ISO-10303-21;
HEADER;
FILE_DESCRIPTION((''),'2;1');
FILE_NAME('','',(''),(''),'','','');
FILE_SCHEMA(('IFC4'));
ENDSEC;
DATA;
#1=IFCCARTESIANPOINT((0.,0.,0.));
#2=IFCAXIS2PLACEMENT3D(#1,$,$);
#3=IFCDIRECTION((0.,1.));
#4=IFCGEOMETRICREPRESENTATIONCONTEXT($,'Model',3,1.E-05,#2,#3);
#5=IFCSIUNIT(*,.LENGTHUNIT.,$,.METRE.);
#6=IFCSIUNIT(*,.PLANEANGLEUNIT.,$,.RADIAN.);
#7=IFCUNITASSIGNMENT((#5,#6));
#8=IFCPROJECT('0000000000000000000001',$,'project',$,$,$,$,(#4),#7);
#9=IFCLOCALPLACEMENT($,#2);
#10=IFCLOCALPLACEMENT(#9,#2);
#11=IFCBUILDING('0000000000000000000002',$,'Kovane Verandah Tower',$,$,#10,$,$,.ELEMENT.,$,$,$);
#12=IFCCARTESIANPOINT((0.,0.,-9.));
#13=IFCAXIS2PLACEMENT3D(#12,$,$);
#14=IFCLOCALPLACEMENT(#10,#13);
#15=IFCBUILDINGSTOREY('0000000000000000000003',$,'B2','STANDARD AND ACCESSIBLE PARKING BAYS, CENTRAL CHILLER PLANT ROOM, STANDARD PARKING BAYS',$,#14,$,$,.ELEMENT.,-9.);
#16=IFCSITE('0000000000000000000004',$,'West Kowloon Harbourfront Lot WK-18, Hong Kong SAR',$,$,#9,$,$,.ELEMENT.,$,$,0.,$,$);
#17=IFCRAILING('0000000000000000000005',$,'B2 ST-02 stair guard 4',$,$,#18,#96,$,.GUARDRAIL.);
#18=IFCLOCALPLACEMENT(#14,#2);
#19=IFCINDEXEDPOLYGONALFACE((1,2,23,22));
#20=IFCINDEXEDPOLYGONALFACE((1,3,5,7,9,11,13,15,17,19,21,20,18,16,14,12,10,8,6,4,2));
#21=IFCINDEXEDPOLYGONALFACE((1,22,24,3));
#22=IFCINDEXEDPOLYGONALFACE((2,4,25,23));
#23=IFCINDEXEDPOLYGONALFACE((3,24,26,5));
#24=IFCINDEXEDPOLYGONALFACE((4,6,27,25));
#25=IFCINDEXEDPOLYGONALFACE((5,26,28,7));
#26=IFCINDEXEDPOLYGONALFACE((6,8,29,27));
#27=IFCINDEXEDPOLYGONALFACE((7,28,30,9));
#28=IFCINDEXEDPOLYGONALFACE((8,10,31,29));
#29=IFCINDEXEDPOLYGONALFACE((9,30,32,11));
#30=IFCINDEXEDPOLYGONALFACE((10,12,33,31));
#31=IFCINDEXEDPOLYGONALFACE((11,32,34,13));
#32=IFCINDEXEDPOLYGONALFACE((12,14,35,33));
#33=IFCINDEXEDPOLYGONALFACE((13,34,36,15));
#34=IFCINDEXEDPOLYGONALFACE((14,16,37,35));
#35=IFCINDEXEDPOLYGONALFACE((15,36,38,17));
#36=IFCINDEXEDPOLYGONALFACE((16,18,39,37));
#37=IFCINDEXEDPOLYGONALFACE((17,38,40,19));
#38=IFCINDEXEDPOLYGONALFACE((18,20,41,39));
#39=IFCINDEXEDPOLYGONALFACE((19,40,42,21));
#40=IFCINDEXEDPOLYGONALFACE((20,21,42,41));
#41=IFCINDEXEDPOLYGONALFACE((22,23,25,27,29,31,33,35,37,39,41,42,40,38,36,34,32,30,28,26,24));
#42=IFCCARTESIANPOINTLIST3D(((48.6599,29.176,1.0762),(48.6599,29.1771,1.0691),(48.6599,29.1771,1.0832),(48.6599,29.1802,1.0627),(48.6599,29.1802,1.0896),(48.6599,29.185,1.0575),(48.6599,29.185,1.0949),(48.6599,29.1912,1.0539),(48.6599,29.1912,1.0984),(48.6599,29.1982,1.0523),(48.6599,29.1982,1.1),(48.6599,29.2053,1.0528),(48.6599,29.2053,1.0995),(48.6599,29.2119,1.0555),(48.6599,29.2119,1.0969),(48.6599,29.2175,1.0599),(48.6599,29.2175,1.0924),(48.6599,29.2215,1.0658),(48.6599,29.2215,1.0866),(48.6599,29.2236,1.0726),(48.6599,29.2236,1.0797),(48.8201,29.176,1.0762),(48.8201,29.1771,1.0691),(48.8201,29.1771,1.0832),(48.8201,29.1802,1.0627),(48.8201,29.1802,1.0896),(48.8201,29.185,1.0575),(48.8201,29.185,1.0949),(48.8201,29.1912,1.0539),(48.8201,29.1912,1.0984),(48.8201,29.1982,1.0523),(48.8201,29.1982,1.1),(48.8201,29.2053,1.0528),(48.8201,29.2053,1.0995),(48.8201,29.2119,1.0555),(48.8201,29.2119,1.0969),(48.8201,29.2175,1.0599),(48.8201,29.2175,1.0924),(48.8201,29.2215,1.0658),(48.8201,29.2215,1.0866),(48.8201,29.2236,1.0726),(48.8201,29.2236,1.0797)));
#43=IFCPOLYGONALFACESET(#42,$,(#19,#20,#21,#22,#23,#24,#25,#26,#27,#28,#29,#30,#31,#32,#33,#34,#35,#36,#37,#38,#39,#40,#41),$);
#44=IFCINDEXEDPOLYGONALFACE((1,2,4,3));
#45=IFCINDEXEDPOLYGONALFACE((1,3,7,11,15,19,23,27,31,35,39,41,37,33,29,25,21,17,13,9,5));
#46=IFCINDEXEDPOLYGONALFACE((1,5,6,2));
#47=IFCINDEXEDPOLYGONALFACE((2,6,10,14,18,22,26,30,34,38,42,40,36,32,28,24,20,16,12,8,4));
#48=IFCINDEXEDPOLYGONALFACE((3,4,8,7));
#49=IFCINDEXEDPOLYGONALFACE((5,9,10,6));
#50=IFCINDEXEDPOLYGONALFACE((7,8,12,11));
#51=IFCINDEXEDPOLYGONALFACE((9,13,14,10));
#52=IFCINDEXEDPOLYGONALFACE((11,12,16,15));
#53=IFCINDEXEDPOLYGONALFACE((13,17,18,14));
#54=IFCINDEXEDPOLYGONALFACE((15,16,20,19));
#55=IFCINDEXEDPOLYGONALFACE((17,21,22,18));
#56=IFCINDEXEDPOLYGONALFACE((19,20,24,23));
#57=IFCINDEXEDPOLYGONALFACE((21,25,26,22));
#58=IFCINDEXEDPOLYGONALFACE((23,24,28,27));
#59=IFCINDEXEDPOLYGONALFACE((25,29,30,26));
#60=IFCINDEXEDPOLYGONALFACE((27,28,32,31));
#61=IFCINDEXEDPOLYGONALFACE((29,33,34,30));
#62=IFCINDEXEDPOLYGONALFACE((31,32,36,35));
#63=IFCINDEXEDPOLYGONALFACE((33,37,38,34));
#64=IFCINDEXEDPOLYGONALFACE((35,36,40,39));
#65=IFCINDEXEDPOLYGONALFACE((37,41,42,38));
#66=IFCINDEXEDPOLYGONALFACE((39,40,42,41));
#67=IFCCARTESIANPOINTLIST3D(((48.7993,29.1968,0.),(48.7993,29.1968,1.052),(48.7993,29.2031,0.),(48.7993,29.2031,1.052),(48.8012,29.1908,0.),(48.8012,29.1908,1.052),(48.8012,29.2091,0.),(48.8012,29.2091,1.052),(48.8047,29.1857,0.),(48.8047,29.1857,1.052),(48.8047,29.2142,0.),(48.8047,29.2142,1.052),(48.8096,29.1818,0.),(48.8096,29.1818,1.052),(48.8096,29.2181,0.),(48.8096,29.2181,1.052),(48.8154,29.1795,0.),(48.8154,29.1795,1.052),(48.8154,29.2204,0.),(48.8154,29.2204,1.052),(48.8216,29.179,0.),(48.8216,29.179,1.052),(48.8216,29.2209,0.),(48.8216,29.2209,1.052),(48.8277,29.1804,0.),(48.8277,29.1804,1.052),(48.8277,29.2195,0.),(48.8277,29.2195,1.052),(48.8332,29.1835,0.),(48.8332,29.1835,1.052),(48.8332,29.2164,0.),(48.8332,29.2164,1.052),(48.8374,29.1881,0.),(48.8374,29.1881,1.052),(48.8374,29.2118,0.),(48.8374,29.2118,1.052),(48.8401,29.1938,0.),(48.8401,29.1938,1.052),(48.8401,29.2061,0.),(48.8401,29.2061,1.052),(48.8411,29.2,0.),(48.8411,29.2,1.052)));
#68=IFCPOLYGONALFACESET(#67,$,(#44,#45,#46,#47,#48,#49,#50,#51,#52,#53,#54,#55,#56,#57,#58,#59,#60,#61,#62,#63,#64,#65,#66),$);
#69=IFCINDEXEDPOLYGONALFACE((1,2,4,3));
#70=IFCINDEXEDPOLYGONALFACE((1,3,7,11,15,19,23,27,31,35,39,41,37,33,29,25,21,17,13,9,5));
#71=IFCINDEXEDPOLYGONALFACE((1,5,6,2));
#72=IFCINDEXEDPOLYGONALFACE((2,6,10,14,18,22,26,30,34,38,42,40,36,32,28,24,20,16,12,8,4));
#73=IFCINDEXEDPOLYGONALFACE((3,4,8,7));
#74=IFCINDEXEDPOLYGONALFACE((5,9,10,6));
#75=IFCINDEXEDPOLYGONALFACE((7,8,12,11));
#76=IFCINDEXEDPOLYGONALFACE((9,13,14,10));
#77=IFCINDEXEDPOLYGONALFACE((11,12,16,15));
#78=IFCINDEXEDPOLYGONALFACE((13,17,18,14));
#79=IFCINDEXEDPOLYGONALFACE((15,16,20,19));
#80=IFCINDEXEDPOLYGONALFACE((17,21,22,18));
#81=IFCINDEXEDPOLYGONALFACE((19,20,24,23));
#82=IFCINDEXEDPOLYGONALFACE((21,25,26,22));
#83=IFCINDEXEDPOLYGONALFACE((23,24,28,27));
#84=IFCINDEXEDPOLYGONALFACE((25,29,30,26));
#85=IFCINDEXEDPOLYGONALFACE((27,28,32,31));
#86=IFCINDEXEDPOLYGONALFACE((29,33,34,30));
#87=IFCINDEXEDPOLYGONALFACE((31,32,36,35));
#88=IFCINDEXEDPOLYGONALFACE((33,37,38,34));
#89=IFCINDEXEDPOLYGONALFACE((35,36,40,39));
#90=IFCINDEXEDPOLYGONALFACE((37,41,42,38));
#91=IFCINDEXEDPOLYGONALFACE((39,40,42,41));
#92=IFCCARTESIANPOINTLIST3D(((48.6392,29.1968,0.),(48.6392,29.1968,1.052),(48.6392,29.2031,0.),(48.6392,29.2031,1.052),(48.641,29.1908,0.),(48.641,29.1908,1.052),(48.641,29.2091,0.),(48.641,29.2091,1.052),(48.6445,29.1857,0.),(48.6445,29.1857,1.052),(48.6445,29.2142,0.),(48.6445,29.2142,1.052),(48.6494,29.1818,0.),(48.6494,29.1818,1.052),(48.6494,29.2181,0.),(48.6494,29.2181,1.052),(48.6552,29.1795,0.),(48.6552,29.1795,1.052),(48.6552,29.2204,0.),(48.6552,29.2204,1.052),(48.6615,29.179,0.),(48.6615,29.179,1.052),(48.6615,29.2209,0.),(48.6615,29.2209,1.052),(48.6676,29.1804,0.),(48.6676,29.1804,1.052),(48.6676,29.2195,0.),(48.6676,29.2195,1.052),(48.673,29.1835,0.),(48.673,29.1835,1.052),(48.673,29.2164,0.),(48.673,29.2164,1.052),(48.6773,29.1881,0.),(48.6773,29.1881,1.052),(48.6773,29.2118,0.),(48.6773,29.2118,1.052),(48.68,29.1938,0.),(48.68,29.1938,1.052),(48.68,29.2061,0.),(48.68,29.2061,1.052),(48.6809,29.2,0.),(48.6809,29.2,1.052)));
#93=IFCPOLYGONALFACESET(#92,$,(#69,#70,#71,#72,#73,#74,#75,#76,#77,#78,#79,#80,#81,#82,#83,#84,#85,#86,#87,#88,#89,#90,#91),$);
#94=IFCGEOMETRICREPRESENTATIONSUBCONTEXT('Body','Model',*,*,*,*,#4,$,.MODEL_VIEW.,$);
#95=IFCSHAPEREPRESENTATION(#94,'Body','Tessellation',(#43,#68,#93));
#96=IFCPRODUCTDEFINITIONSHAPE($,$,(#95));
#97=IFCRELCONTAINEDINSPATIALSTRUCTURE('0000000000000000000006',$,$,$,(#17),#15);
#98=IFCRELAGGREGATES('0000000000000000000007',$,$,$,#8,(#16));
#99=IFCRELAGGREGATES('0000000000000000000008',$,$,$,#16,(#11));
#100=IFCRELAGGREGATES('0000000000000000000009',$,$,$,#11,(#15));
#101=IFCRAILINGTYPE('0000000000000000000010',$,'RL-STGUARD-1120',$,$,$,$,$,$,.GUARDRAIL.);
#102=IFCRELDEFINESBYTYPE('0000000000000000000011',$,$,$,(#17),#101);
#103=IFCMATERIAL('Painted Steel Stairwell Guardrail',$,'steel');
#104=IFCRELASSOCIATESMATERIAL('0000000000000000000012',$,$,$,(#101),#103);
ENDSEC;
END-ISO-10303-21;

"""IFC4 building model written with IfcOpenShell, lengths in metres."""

from ifc_helpers import new_model, si_unit, direction, frame, origin, origin_2d, place, context, subcontext, project, spatial, circle, extrude, material, type_object, element, save


model = new_model("IFC4")

# Units and contexts
model_context = context("Model", 3, precision=1e-05, world=origin(), true_north=direction((0.0, 1.0)))
body_context = subcontext(model_context, "Body", "Model", "MODEL_VIEW")
ifc_project = project(units=[si_unit("LENGTHUNIT", "METRE"), si_unit("PLANEANGLEUNIT", "RADIAN")], contexts=[model_context])

# Site, building, storey
site_placement = place(None, origin())
site = spatial("IfcSite", under=ifc_project, at=site_placement, Name="West Kowloon Harbourfront Lot WK-18, Hong Kong SAR", CompositionType="ELEMENT", RefElevation=0.0)
building_placement = place(site_placement, origin())
building = spatial("IfcBuilding", under=site, at=building_placement, Name="Kovane Verandah Tower", CompositionType="ELEMENT")
storey_placement = place(building_placement, frame((0.0, 0.0, -9.0)))
storey = spatial("IfcBuildingStorey", under=building, at=storey_placement, Name="B2", Description="STANDARD AND ACCESSIBLE PARKING BAYS, CENTRAL CHILLER PLANT ROOM, STANDARD PARKING BAYS", CompositionType="ELEMENT", Elevation=-9.0)

# Railing
ifc_material_1 = material(Name="Painted Steel Stairwell Guardrail", Category="steel")
railing_type_1 = type_object("IfcRailingType", Name="RL-STGUARD-1120", PredefinedType="GUARDRAIL", material=ifc_material_1)
railing_1_placement = place(storey_placement, frame((48.8201, 29.2, 0.0)))
element("IfcRailing", 1, at=railing_1_placement, inside=storey, type_object=railing_type_1, Name="B2 ST-02 stair guard 4", PredefinedType="GUARDRAIL", context=body_context, shape_type="SweptSolid", body=[
    extrude(circle(Radius=0.0239, at=origin_2d()), frame((0.0, 0.0, 1.0762), z_axis=(-1.0, 0.0, 0.0), x_axis=(0.0, -1.0, 0.0)), (0.0, 0.0, 1.0), 0.1602),
    extrude(circle(Radius=0.021, at=origin_2d()), origin(), (0.0, 0.0, 1.0), 1.052),
    extrude(circle(Radius=0.021, at=origin_2d()), frame((-0.1602, 0.0, 0.0)), (0.0, 0.0, 1.0), 1.052),
])

save(model, "model.ifc")
